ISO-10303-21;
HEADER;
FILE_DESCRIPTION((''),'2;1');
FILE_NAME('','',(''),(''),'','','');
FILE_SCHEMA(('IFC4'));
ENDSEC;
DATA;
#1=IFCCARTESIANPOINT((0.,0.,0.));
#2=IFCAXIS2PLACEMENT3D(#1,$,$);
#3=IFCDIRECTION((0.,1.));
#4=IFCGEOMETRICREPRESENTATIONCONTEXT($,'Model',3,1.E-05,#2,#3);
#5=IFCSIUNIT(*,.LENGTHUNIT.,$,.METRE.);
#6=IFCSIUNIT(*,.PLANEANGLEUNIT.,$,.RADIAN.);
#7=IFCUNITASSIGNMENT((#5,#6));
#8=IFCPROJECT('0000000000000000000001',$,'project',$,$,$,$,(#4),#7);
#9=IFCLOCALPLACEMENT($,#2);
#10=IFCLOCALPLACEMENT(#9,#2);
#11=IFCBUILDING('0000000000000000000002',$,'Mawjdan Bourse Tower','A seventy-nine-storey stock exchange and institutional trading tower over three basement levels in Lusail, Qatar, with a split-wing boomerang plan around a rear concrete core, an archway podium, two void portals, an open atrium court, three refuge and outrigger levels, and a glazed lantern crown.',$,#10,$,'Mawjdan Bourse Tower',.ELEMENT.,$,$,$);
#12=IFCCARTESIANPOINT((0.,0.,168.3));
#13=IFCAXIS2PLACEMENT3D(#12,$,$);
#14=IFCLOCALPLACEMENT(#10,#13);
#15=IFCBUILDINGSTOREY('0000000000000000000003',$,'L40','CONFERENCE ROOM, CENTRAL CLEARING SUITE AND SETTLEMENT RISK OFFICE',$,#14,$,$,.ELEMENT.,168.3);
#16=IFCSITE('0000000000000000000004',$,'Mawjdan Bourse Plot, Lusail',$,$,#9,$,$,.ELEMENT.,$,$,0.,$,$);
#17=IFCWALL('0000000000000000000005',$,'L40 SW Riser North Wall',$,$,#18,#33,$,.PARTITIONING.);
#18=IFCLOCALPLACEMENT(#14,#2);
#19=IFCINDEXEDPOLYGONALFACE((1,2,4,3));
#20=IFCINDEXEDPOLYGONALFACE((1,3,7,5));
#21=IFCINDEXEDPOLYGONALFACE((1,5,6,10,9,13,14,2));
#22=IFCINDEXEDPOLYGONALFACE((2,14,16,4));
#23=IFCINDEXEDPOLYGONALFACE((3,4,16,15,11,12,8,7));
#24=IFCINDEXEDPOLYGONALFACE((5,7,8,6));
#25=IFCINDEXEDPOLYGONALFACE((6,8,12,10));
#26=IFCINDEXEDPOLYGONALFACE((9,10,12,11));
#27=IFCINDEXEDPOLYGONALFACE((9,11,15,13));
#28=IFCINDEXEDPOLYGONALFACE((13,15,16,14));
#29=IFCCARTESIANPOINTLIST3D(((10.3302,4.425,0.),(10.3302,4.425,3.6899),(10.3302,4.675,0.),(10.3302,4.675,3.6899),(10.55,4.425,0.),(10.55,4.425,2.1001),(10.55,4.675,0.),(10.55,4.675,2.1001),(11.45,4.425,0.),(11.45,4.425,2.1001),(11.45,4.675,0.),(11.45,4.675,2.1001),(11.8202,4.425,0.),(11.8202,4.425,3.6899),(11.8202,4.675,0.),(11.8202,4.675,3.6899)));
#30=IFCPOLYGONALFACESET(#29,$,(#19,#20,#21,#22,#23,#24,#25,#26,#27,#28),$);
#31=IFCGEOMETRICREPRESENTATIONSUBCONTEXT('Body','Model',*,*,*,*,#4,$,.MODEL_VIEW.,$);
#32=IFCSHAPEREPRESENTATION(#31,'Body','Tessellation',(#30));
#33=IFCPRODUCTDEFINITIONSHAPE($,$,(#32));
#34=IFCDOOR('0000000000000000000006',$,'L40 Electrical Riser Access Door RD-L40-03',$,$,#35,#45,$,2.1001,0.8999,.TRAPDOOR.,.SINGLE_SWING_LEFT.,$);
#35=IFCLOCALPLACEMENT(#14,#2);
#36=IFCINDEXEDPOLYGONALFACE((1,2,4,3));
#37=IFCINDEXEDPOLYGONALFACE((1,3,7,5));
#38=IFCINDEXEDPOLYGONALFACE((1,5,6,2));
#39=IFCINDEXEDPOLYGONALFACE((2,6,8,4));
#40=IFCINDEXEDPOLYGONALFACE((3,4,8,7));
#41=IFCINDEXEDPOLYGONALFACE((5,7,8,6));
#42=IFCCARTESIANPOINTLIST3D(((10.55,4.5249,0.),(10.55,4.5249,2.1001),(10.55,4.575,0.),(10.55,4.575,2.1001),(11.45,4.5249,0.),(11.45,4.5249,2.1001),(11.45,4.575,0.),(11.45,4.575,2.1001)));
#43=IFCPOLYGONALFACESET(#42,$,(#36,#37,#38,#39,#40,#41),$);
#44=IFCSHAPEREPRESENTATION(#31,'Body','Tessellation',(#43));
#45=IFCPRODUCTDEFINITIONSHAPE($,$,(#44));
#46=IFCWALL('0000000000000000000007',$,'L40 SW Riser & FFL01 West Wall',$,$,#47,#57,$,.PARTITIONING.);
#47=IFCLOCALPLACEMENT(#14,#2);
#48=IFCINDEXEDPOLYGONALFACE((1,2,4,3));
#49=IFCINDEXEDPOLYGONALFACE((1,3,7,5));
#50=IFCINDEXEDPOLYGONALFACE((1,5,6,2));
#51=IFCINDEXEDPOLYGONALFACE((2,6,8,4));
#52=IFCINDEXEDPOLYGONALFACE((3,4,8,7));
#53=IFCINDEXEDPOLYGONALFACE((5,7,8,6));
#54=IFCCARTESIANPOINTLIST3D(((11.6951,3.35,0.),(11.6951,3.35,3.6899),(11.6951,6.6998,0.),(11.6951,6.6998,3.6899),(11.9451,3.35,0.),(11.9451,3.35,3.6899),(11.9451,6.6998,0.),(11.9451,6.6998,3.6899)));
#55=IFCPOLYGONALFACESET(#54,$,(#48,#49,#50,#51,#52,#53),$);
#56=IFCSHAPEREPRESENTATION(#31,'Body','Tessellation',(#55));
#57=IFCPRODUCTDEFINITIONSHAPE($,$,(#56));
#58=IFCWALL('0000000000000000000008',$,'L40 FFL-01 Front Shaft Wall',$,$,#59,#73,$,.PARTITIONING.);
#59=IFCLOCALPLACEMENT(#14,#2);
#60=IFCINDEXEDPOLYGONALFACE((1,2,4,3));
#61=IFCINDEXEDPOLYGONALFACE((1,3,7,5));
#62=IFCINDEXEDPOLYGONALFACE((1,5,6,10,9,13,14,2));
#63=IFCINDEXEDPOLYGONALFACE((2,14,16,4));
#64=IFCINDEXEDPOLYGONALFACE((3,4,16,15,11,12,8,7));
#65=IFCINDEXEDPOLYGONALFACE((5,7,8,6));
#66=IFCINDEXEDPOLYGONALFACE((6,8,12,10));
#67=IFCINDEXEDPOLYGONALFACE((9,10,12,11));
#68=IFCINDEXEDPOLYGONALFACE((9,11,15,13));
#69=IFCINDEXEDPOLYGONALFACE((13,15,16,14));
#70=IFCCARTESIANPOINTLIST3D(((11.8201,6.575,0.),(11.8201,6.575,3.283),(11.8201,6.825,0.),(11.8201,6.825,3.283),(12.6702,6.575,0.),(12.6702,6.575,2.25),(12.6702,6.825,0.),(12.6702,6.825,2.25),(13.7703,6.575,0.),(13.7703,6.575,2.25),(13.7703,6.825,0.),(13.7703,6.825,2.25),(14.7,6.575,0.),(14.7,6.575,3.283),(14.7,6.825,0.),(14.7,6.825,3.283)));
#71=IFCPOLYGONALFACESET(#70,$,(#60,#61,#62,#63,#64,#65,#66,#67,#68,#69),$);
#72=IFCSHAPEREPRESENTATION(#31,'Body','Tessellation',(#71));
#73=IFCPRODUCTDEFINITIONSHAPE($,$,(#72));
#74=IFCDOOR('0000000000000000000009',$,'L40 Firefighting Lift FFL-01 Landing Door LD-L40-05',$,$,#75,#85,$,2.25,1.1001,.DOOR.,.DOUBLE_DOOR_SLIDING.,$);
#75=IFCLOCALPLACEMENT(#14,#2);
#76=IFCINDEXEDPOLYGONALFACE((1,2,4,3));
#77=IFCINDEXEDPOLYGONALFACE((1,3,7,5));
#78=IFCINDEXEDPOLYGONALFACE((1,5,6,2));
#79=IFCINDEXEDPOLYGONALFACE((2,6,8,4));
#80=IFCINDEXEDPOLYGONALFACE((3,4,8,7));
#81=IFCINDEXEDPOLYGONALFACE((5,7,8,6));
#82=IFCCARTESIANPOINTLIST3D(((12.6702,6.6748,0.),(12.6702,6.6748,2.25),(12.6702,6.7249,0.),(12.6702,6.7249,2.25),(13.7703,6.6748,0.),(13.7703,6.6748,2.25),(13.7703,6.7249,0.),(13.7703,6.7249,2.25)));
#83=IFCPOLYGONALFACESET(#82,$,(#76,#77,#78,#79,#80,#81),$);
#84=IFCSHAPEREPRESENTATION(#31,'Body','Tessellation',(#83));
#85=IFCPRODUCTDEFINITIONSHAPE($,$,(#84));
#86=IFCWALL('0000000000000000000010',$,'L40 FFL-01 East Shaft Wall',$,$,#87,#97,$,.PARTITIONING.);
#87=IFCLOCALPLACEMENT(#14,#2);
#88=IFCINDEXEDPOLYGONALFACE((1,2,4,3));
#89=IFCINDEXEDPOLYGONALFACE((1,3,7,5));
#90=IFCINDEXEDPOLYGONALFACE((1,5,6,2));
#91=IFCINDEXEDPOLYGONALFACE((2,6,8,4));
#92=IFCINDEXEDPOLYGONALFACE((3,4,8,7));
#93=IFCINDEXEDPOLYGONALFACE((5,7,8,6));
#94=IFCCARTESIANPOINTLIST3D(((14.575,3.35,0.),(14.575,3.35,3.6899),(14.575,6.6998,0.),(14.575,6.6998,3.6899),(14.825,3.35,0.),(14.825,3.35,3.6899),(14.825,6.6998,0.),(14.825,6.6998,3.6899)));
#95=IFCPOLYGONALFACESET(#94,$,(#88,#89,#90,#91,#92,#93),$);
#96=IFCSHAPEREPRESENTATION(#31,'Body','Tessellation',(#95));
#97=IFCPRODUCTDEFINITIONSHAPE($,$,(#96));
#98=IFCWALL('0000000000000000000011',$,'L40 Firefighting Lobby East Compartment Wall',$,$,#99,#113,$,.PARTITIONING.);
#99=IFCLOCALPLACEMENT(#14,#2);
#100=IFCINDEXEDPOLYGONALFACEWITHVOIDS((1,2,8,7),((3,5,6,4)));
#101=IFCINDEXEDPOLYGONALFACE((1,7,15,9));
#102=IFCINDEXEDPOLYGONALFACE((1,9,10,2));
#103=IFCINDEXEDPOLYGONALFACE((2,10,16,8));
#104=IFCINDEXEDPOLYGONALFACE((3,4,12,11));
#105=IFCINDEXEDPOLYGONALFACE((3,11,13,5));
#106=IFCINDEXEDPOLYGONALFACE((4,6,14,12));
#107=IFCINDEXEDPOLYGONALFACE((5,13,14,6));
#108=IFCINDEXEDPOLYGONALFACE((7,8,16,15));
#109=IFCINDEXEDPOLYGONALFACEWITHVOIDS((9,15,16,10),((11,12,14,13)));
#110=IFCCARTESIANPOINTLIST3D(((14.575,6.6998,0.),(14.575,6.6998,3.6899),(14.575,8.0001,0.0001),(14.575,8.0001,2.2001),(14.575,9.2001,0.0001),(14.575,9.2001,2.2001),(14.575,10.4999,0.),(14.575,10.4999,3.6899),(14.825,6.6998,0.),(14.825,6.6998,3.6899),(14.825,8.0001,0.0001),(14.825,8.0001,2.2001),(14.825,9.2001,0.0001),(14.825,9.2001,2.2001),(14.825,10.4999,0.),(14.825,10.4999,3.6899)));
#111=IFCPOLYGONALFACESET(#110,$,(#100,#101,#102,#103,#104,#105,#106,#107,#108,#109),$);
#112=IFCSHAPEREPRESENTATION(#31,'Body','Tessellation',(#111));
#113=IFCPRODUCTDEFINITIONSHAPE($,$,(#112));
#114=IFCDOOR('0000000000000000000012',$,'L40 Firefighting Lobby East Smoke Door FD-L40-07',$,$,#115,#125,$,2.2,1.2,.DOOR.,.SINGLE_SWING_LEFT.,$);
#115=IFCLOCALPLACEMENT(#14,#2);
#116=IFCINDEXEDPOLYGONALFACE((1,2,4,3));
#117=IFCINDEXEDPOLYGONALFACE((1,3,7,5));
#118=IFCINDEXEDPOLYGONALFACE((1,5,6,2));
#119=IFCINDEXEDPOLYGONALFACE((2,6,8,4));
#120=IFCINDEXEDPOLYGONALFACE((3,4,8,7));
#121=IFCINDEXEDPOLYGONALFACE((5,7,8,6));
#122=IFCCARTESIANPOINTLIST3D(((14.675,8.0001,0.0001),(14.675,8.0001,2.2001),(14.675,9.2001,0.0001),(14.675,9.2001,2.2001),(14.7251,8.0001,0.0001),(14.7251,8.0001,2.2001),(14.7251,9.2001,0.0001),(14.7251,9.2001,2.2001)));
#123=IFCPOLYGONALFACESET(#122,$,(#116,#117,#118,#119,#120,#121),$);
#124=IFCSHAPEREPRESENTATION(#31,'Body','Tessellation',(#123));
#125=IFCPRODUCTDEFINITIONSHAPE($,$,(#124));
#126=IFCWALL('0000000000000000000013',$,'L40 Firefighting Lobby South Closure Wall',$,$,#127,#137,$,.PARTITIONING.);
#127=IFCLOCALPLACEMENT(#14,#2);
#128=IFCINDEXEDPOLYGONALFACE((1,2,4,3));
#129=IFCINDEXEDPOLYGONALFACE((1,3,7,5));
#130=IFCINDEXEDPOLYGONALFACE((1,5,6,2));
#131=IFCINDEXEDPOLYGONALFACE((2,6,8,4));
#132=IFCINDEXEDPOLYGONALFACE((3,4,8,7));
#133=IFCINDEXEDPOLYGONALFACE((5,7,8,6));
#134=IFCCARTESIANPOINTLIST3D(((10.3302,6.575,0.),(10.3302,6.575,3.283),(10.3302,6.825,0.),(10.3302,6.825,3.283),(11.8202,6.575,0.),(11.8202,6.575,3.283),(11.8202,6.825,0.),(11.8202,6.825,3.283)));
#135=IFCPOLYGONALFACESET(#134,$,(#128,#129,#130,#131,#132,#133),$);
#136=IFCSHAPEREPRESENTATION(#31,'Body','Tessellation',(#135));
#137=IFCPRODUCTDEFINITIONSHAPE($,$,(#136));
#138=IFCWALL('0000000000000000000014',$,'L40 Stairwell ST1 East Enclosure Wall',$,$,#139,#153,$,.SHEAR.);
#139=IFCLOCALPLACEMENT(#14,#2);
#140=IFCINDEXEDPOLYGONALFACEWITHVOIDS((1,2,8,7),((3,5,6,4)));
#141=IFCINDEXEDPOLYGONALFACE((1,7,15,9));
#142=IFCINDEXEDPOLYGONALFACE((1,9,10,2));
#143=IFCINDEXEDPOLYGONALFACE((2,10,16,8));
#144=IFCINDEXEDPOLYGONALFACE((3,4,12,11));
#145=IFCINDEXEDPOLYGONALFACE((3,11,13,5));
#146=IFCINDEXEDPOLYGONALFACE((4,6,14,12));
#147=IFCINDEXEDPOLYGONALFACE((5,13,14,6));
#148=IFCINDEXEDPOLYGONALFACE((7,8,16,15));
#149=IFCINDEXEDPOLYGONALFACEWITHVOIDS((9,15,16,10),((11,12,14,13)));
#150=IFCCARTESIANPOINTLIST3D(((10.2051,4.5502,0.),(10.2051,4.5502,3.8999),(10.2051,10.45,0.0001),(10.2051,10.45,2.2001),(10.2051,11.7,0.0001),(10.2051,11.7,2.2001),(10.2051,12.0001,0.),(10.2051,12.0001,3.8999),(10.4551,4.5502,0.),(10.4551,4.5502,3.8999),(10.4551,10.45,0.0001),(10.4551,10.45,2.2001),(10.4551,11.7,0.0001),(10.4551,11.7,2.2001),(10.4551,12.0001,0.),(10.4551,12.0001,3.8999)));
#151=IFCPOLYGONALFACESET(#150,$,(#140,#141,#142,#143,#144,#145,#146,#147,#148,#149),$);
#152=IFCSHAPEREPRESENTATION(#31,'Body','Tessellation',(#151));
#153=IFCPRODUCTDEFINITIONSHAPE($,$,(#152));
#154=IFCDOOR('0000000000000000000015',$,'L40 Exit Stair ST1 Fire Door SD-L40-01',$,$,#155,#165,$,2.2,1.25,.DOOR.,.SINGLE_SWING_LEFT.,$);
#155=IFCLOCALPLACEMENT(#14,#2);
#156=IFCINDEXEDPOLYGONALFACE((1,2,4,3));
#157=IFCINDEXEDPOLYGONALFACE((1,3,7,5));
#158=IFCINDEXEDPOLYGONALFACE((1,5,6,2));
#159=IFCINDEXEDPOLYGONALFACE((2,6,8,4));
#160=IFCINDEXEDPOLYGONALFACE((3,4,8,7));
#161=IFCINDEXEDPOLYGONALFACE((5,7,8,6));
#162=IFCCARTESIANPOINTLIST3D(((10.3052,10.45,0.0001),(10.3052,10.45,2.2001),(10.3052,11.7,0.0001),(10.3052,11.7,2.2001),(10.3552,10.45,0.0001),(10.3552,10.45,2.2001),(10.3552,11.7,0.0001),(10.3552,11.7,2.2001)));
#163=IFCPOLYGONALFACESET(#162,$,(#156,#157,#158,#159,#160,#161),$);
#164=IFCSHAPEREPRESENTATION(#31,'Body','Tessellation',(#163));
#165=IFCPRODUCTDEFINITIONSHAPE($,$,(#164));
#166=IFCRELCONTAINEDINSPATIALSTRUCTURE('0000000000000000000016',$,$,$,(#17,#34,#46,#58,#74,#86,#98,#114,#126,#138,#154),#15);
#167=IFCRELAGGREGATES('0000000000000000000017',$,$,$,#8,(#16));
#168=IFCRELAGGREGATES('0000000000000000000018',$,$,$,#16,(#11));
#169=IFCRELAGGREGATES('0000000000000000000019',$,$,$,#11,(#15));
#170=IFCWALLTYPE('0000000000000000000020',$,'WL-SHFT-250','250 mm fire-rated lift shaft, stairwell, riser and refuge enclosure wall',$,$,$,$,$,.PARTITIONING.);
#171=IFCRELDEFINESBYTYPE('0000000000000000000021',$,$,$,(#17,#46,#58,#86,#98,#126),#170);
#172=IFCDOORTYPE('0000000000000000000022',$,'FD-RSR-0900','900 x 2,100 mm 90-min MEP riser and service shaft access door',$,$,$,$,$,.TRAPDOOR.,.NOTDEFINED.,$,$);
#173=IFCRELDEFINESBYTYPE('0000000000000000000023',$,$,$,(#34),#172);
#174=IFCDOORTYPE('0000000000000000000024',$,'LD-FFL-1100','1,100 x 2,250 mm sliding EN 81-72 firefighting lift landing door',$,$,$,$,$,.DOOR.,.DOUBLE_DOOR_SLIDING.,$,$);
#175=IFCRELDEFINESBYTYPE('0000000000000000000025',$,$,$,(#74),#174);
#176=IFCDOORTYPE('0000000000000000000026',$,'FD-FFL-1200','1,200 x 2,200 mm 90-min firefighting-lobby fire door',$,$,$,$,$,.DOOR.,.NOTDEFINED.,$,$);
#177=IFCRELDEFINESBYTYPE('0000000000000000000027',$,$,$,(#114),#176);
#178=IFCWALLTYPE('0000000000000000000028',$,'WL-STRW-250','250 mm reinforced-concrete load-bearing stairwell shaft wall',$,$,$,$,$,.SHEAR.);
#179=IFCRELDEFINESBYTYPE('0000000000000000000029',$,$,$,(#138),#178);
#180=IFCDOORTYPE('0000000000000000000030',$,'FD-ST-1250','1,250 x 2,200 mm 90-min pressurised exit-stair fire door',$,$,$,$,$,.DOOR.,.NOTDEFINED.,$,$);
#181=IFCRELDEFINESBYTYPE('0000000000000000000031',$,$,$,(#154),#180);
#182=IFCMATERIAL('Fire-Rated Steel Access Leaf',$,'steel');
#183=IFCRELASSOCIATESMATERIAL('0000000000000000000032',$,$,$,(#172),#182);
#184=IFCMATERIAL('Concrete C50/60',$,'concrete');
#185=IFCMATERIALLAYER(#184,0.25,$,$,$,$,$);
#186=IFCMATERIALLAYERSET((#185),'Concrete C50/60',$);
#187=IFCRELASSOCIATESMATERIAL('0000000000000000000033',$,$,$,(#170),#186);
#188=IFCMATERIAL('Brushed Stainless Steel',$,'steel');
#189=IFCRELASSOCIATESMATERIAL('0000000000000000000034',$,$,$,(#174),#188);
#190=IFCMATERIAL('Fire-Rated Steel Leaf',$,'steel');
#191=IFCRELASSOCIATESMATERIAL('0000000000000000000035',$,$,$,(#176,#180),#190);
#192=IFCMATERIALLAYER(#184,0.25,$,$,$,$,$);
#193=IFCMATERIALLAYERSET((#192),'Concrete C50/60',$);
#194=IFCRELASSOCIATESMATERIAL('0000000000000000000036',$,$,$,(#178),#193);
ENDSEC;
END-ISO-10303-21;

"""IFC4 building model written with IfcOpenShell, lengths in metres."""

from ifc_helpers import new_model, si_unit, direction, frame, frame_2d, origin, place, context, subcontext, project, spatial, rectangle, extrude, material, layer, layer_set, type_object, element, fill, save


model = new_model("IFC4")

# Units and contexts
model_context = context("Model", 3, precision=1e-05, world=origin(), true_north=direction((0.0, 1.0)))
body_context = subcontext(model_context, "Body", "Model", "MODEL_VIEW")
ifc_project = project(units=[si_unit("LENGTHUNIT", "METRE"), si_unit("PLANEANGLEUNIT", "RADIAN")], contexts=[model_context])

# Site, building, storey
site_placement = place(None, origin())
site = spatial("IfcSite", under=ifc_project, at=site_placement, Name="Mawjdan Bourse Plot, Lusail", CompositionType="ELEMENT", RefElevation=0.0)
building_placement = place(site_placement, origin())
building = spatial("IfcBuilding", under=site, at=building_placement, Name="Mawjdan Bourse Tower", Description="A seventy-nine-storey stock exchange and institutional trading tower over three basement levels in Lusail, Qatar, with a split-wing boomerang plan around a rear concrete core, an archway podium, two void portals, an open atrium court, three refuge and outrigger levels, and a glazed lantern crown.", LongName="Mawjdan Bourse Tower", CompositionType="ELEMENT")
storey_placement = place(building_placement, frame((0.0, 0.0, 168.3)))
storey = spatial("IfcBuildingStorey", under=building, at=storey_placement, Name="L40", Description="CONFERENCE ROOM, CENTRAL CLEARING SUITE AND SETTLEMENT RISK OFFICE", CompositionType="ELEMENT", Elevation=168.3)

# Shared definitions
ifc_material_1 = material(Name="Concrete C50/60", Category="concrete")

# Shared definitions
ifc_material_2 = material(Name="Fire-Rated Steel Access Leaf", Category="steel")
door_type_1 = type_object("IfcDoorType", Name="FD-RSR-0900", Description="900 x 2,100 mm 90-min MEP riser and service shaft access door", OperationType="NOTDEFINED", PredefinedType="TRAPDOOR", material=ifc_material_2)

# Wall, opening, door
ifc_layer_1 = layer(ifc_material_1, 0.25)
ifc_layer_set_1 = layer_set([ifc_layer_1], Name="Concrete C50/60")
wall_type_1 = type_object("IfcWallType", Name="WL-SHFT-250", Description="250 mm fire-rated lift shaft, stairwell, riser and refuge enclosure wall", PredefinedType="PARTITIONING", material=ifc_layer_set_1)
wall_1_placement = place(storey_placement, frame((10.3301, 4.55, 0.0), z_axis=(0.0, 0.0, 1.0), x_axis=(1.0, 0.0, 0.0)))
wall_1 = element("IfcWall", 1, at=wall_1_placement, inside=storey, type_object=wall_type_1, Name="L40 SW Riser North Wall", PredefinedType="PARTITIONING", context=body_context, shape_type="SweptSolid", body=[
    extrude(rectangle(XDim=1.49, YDim=0.25, at=frame_2d((0.7451, 0.0))), origin(), (0.0, 0.0, 1.0), 3.6899),
])
opening_1_placement = place(wall_1_placement, frame((0.22, 0.0, 0.0)))
opening_1 = element("IfcOpeningElement", 2, at=opening_1_placement, cuts=wall_1, PredefinedType="OPENING", context=body_context, shape_type="SweptSolid", body=[
    extrude(rectangle(XDim=0.8999, YDim=2.1001, at=frame_2d((0.45, 1.05))), frame((0.0, 0.135, 0.0), z_axis=(0.0, -1.0, 0.0), x_axis=(1.0, 0.0, 0.0)), (0.0, 0.0, 1.0), 0.27),
])
door_1_placement = place(opening_1_placement, origin())
door_1 = element("IfcDoor", 3, at=door_1_placement, inside=storey, type_object=door_type_1, Name="L40 Electrical Riser Access Door RD-L40-03", OperationType="SINGLE_SWING_LEFT", OverallHeight=2.1001, OverallWidth=0.8999, PredefinedType="TRAPDOOR", context=body_context, shape_type="SweptSolid", body=[
    extrude(rectangle(XDim=0.8999, YDim=2.1001, at=frame_2d((0.45, 1.05))), frame((0.0, 0.0249, 0.0), z_axis=(0.0, -1.0, 0.0), x_axis=(1.0, 0.0, 0.0)), (0.0, 0.0, 1.0), 0.05),
])
fill(opening_1, door_1)

# Wall
wall_2_placement = place(storey_placement, frame((11.8201, 3.3501, 0.0), z_axis=(0.0, 0.0, 1.0), x_axis=(0.0, 1.0, 0.0)))
element("IfcWall", 4, at=wall_2_placement, inside=storey, type_object=wall_type_1, Name="L40 SW Riser & FFL01 West Wall", PredefinedType="PARTITIONING", context=body_context, shape_type="SweptSolid", body=[
    extrude(rectangle(XDim=3.3499, YDim=0.25, at=frame_2d((1.6748, 0.0))), origin(), (0.0, 0.0, 1.0), 3.6899),
])

# Wall, opening, door
wall_3_placement = place(storey_placement, frame((11.8201, 6.7, 0.0), z_axis=(0.0, 0.0, 1.0), x_axis=(1.0, 0.0, 0.0)))
wall_3 = element("IfcWall", 5, at=wall_3_placement, inside=storey, type_object=wall_type_1, Name="L40 FFL-01 Front Shaft Wall", PredefinedType="PARTITIONING", context=body_context, shape_type="SweptSolid", body=[
    extrude(rectangle(XDim=2.8799, YDim=0.25, at=frame_2d((1.4399, 0.0))), origin(), (0.0, 0.0, 1.0), 3.283),
])
opening_2_placement = place(wall_3_placement, frame((0.8501, 0.0, 0.0)))
opening_2 = element("IfcOpeningElement", 6, at=opening_2_placement, cuts=wall_3, PredefinedType="OPENING", context=body_context, shape_type="SweptSolid", body=[
    extrude(rectangle(XDim=1.1001, YDim=2.25, at=frame_2d((0.55, 1.125))), frame((0.0, 0.135, 0.0), z_axis=(0.0, -1.0, 0.0), x_axis=(1.0, 0.0, 0.0)), (0.0, 0.0, 1.0), 0.27),
])
ifc_material_3 = material(Name="Brushed Stainless Steel", Category="steel")
door_type_2 = type_object("IfcDoorType", Name="LD-FFL-1100", Description="1,100 x 2,250 mm sliding EN 81-72 firefighting lift landing door", OperationType="DOUBLE_DOOR_SLIDING", PredefinedType="DOOR", material=ifc_material_3)
door_2_placement = place(opening_2_placement, origin())
door_2 = element("IfcDoor", 7, at=door_2_placement, inside=storey, type_object=door_type_2, Name="L40 Firefighting Lift FFL-01 Landing Door LD-L40-05", OperationType="DOUBLE_DOOR_SLIDING", OverallHeight=2.25, OverallWidth=1.1001, PredefinedType="DOOR", context=body_context, shape_type="SweptSolid", body=[
    extrude(rectangle(XDim=1.1001, YDim=2.25, at=frame_2d((0.55, 1.125))), frame((0.0, 0.0249, 0.0), z_axis=(0.0, -1.0, 0.0), x_axis=(1.0, 0.0, 0.0)), (0.0, 0.0, 1.0), 0.05),
])
fill(opening_2, door_2)

# Wall
wall_4_placement = place(storey_placement, frame((14.7, 3.3501, 0.0), z_axis=(0.0, 0.0, 1.0), x_axis=(0.0, 1.0, 0.0)))
element("IfcWall", 8, at=wall_4_placement, inside=storey, type_object=wall_type_1, Name="L40 FFL-01 East Shaft Wall", PredefinedType="PARTITIONING", context=body_context, shape_type="SweptSolid", body=[
    extrude(rectangle(XDim=3.3499, YDim=0.25, at=frame_2d((1.6748, 0.0))), origin(), (0.0, 0.0, 1.0), 3.6899),
])

# Wall, opening, door
wall_5_placement = place(storey_placement, frame((14.7, 6.7, 0.0), z_axis=(0.0, 0.0, 1.0), x_axis=(0.0, 1.0, 0.0)))
wall_5 = element("IfcWall", 9, at=wall_5_placement, inside=storey, type_object=wall_type_1, Name="L40 Firefighting Lobby East Compartment Wall", PredefinedType="PARTITIONING", context=body_context, shape_type="SweptSolid", body=[
    extrude(rectangle(XDim=3.8, YDim=0.25, at=frame_2d((1.8999, 0.0))), origin(), (0.0, 0.0, 1.0), 3.6899),
])
opening_3_placement = place(wall_5_placement, frame((1.3, 0.0, 0.0)))
opening_3 = element("IfcOpeningElement", 10, at=opening_3_placement, cuts=wall_5, PredefinedType="OPENING", context=body_context, shape_type="SweptSolid", body=[
    extrude(rectangle(XDim=1.2, YDim=2.2, at=frame_2d((0.6001, 1.1001))), frame((0.0, 0.135, 0.0), z_axis=(0.0, -1.0, 0.0), x_axis=(1.0, 0.0, 0.0)), (0.0, 0.0, 1.0), 0.27),
])
ifc_material_4 = material(Name="Fire-Rated Steel Leaf", Category="steel")
door_type_3 = type_object("IfcDoorType", Name="FD-FFL-1200", Description="1,200 x 2,200 mm 90-min firefighting-lobby fire door", OperationType="NOTDEFINED", PredefinedType="DOOR", material=ifc_material_4)
door_3_placement = place(opening_3_placement, origin())
door_3 = element("IfcDoor", 11, at=door_3_placement, inside=storey, type_object=door_type_3, Name="L40 Firefighting Lobby East Smoke Door FD-L40-07", OperationType="SINGLE_SWING_LEFT", OverallHeight=2.2, OverallWidth=1.2, PredefinedType="DOOR", context=body_context, shape_type="SweptSolid", body=[
    extrude(rectangle(XDim=1.2, YDim=2.2, at=frame_2d((0.6001, 1.1001))), frame((0.0, 0.0249, 0.0), z_axis=(0.0, -1.0, 0.0), x_axis=(1.0, 0.0, 0.0)), (0.0, 0.0, 1.0), 0.05),
])
fill(opening_3, door_3)

# Wall
wall_6_placement = place(storey_placement, frame((10.3301, 6.7, 0.0), z_axis=(0.0, 0.0, 1.0), x_axis=(1.0, 0.0, 0.0)))
element("IfcWall", 12, at=wall_6_placement, inside=storey, type_object=wall_type_1, Name="L40 Firefighting Lobby South Closure Wall", PredefinedType="PARTITIONING", context=body_context, shape_type="SweptSolid", body=[
    extrude(rectangle(XDim=1.49, YDim=0.25, at=frame_2d((0.7451, 0.0))), origin(), (0.0, 0.0, 1.0), 3.283),
])
ifc_layer_2 = layer(ifc_material_1, 0.25)
ifc_layer_set_2 = layer_set([ifc_layer_2], Name="Concrete C50/60")
wall_type_2 = type_object("IfcWallType", Name="WL-STRW-250", Description="250 mm reinforced-concrete load-bearing stairwell shaft wall", PredefinedType="SHEAR", material=ifc_layer_set_2)

# Wall, opening, door
wall_7_placement = place(storey_placement, frame((10.3301, 4.55, 0.0), z_axis=(0.0, 0.0, 1.0), x_axis=(0.0, 1.0, 0.0)))
wall_7 = element("IfcWall", 13, at=wall_7_placement, inside=storey, type_object=wall_type_2, Name="L40 Stairwell ST1 East Enclosure Wall", PredefinedType="SHEAR", context=body_context, shape_type="SweptSolid", body=[
    extrude(rectangle(XDim=7.45, YDim=0.25, at=frame_2d((3.7251, 0.0))), origin(), (0.0, 0.0, 1.0), 3.8999),
])
opening_4_placement = place(wall_7_placement, frame((5.8999, 0.0, 0.0)))
opening_4 = element("IfcOpeningElement", 14, at=opening_4_placement, cuts=wall_7, PredefinedType="OPENING", context=body_context, shape_type="SweptSolid", body=[
    extrude(rectangle(XDim=1.25, YDim=2.2, at=frame_2d((0.625, 1.1001))), frame((0.0, 0.135, 0.0), z_axis=(0.0, -1.0, 0.0), x_axis=(1.0, 0.0, 0.0)), (0.0, 0.0, 1.0), 0.27),
])
door_type_4 = type_object("IfcDoorType", Name="FD-ST-1250", Description="1,250 x 2,200 mm 90-min pressurised exit-stair fire door", OperationType="NOTDEFINED", PredefinedType="DOOR", material=ifc_material_4)
door_4_placement = place(opening_4_placement, origin())
door_4 = element("IfcDoor", 15, at=door_4_placement, inside=storey, type_object=door_type_4, Name="L40 Exit Stair ST1 Fire Door SD-L40-01", OperationType="SINGLE_SWING_LEFT", OverallHeight=2.2, OverallWidth=1.25, PredefinedType="DOOR", context=body_context, shape_type="SweptSolid", body=[
    extrude(rectangle(XDim=1.25, YDim=2.2, at=frame_2d((0.625, 1.1001))), frame((0.0, 0.0249, 0.0), z_axis=(0.0, -1.0, 0.0), x_axis=(1.0, 0.0, 0.0)), (0.0, 0.0, 1.0), 0.05),
])
fill(opening_4, door_4)

save(model, "model.ifc")
